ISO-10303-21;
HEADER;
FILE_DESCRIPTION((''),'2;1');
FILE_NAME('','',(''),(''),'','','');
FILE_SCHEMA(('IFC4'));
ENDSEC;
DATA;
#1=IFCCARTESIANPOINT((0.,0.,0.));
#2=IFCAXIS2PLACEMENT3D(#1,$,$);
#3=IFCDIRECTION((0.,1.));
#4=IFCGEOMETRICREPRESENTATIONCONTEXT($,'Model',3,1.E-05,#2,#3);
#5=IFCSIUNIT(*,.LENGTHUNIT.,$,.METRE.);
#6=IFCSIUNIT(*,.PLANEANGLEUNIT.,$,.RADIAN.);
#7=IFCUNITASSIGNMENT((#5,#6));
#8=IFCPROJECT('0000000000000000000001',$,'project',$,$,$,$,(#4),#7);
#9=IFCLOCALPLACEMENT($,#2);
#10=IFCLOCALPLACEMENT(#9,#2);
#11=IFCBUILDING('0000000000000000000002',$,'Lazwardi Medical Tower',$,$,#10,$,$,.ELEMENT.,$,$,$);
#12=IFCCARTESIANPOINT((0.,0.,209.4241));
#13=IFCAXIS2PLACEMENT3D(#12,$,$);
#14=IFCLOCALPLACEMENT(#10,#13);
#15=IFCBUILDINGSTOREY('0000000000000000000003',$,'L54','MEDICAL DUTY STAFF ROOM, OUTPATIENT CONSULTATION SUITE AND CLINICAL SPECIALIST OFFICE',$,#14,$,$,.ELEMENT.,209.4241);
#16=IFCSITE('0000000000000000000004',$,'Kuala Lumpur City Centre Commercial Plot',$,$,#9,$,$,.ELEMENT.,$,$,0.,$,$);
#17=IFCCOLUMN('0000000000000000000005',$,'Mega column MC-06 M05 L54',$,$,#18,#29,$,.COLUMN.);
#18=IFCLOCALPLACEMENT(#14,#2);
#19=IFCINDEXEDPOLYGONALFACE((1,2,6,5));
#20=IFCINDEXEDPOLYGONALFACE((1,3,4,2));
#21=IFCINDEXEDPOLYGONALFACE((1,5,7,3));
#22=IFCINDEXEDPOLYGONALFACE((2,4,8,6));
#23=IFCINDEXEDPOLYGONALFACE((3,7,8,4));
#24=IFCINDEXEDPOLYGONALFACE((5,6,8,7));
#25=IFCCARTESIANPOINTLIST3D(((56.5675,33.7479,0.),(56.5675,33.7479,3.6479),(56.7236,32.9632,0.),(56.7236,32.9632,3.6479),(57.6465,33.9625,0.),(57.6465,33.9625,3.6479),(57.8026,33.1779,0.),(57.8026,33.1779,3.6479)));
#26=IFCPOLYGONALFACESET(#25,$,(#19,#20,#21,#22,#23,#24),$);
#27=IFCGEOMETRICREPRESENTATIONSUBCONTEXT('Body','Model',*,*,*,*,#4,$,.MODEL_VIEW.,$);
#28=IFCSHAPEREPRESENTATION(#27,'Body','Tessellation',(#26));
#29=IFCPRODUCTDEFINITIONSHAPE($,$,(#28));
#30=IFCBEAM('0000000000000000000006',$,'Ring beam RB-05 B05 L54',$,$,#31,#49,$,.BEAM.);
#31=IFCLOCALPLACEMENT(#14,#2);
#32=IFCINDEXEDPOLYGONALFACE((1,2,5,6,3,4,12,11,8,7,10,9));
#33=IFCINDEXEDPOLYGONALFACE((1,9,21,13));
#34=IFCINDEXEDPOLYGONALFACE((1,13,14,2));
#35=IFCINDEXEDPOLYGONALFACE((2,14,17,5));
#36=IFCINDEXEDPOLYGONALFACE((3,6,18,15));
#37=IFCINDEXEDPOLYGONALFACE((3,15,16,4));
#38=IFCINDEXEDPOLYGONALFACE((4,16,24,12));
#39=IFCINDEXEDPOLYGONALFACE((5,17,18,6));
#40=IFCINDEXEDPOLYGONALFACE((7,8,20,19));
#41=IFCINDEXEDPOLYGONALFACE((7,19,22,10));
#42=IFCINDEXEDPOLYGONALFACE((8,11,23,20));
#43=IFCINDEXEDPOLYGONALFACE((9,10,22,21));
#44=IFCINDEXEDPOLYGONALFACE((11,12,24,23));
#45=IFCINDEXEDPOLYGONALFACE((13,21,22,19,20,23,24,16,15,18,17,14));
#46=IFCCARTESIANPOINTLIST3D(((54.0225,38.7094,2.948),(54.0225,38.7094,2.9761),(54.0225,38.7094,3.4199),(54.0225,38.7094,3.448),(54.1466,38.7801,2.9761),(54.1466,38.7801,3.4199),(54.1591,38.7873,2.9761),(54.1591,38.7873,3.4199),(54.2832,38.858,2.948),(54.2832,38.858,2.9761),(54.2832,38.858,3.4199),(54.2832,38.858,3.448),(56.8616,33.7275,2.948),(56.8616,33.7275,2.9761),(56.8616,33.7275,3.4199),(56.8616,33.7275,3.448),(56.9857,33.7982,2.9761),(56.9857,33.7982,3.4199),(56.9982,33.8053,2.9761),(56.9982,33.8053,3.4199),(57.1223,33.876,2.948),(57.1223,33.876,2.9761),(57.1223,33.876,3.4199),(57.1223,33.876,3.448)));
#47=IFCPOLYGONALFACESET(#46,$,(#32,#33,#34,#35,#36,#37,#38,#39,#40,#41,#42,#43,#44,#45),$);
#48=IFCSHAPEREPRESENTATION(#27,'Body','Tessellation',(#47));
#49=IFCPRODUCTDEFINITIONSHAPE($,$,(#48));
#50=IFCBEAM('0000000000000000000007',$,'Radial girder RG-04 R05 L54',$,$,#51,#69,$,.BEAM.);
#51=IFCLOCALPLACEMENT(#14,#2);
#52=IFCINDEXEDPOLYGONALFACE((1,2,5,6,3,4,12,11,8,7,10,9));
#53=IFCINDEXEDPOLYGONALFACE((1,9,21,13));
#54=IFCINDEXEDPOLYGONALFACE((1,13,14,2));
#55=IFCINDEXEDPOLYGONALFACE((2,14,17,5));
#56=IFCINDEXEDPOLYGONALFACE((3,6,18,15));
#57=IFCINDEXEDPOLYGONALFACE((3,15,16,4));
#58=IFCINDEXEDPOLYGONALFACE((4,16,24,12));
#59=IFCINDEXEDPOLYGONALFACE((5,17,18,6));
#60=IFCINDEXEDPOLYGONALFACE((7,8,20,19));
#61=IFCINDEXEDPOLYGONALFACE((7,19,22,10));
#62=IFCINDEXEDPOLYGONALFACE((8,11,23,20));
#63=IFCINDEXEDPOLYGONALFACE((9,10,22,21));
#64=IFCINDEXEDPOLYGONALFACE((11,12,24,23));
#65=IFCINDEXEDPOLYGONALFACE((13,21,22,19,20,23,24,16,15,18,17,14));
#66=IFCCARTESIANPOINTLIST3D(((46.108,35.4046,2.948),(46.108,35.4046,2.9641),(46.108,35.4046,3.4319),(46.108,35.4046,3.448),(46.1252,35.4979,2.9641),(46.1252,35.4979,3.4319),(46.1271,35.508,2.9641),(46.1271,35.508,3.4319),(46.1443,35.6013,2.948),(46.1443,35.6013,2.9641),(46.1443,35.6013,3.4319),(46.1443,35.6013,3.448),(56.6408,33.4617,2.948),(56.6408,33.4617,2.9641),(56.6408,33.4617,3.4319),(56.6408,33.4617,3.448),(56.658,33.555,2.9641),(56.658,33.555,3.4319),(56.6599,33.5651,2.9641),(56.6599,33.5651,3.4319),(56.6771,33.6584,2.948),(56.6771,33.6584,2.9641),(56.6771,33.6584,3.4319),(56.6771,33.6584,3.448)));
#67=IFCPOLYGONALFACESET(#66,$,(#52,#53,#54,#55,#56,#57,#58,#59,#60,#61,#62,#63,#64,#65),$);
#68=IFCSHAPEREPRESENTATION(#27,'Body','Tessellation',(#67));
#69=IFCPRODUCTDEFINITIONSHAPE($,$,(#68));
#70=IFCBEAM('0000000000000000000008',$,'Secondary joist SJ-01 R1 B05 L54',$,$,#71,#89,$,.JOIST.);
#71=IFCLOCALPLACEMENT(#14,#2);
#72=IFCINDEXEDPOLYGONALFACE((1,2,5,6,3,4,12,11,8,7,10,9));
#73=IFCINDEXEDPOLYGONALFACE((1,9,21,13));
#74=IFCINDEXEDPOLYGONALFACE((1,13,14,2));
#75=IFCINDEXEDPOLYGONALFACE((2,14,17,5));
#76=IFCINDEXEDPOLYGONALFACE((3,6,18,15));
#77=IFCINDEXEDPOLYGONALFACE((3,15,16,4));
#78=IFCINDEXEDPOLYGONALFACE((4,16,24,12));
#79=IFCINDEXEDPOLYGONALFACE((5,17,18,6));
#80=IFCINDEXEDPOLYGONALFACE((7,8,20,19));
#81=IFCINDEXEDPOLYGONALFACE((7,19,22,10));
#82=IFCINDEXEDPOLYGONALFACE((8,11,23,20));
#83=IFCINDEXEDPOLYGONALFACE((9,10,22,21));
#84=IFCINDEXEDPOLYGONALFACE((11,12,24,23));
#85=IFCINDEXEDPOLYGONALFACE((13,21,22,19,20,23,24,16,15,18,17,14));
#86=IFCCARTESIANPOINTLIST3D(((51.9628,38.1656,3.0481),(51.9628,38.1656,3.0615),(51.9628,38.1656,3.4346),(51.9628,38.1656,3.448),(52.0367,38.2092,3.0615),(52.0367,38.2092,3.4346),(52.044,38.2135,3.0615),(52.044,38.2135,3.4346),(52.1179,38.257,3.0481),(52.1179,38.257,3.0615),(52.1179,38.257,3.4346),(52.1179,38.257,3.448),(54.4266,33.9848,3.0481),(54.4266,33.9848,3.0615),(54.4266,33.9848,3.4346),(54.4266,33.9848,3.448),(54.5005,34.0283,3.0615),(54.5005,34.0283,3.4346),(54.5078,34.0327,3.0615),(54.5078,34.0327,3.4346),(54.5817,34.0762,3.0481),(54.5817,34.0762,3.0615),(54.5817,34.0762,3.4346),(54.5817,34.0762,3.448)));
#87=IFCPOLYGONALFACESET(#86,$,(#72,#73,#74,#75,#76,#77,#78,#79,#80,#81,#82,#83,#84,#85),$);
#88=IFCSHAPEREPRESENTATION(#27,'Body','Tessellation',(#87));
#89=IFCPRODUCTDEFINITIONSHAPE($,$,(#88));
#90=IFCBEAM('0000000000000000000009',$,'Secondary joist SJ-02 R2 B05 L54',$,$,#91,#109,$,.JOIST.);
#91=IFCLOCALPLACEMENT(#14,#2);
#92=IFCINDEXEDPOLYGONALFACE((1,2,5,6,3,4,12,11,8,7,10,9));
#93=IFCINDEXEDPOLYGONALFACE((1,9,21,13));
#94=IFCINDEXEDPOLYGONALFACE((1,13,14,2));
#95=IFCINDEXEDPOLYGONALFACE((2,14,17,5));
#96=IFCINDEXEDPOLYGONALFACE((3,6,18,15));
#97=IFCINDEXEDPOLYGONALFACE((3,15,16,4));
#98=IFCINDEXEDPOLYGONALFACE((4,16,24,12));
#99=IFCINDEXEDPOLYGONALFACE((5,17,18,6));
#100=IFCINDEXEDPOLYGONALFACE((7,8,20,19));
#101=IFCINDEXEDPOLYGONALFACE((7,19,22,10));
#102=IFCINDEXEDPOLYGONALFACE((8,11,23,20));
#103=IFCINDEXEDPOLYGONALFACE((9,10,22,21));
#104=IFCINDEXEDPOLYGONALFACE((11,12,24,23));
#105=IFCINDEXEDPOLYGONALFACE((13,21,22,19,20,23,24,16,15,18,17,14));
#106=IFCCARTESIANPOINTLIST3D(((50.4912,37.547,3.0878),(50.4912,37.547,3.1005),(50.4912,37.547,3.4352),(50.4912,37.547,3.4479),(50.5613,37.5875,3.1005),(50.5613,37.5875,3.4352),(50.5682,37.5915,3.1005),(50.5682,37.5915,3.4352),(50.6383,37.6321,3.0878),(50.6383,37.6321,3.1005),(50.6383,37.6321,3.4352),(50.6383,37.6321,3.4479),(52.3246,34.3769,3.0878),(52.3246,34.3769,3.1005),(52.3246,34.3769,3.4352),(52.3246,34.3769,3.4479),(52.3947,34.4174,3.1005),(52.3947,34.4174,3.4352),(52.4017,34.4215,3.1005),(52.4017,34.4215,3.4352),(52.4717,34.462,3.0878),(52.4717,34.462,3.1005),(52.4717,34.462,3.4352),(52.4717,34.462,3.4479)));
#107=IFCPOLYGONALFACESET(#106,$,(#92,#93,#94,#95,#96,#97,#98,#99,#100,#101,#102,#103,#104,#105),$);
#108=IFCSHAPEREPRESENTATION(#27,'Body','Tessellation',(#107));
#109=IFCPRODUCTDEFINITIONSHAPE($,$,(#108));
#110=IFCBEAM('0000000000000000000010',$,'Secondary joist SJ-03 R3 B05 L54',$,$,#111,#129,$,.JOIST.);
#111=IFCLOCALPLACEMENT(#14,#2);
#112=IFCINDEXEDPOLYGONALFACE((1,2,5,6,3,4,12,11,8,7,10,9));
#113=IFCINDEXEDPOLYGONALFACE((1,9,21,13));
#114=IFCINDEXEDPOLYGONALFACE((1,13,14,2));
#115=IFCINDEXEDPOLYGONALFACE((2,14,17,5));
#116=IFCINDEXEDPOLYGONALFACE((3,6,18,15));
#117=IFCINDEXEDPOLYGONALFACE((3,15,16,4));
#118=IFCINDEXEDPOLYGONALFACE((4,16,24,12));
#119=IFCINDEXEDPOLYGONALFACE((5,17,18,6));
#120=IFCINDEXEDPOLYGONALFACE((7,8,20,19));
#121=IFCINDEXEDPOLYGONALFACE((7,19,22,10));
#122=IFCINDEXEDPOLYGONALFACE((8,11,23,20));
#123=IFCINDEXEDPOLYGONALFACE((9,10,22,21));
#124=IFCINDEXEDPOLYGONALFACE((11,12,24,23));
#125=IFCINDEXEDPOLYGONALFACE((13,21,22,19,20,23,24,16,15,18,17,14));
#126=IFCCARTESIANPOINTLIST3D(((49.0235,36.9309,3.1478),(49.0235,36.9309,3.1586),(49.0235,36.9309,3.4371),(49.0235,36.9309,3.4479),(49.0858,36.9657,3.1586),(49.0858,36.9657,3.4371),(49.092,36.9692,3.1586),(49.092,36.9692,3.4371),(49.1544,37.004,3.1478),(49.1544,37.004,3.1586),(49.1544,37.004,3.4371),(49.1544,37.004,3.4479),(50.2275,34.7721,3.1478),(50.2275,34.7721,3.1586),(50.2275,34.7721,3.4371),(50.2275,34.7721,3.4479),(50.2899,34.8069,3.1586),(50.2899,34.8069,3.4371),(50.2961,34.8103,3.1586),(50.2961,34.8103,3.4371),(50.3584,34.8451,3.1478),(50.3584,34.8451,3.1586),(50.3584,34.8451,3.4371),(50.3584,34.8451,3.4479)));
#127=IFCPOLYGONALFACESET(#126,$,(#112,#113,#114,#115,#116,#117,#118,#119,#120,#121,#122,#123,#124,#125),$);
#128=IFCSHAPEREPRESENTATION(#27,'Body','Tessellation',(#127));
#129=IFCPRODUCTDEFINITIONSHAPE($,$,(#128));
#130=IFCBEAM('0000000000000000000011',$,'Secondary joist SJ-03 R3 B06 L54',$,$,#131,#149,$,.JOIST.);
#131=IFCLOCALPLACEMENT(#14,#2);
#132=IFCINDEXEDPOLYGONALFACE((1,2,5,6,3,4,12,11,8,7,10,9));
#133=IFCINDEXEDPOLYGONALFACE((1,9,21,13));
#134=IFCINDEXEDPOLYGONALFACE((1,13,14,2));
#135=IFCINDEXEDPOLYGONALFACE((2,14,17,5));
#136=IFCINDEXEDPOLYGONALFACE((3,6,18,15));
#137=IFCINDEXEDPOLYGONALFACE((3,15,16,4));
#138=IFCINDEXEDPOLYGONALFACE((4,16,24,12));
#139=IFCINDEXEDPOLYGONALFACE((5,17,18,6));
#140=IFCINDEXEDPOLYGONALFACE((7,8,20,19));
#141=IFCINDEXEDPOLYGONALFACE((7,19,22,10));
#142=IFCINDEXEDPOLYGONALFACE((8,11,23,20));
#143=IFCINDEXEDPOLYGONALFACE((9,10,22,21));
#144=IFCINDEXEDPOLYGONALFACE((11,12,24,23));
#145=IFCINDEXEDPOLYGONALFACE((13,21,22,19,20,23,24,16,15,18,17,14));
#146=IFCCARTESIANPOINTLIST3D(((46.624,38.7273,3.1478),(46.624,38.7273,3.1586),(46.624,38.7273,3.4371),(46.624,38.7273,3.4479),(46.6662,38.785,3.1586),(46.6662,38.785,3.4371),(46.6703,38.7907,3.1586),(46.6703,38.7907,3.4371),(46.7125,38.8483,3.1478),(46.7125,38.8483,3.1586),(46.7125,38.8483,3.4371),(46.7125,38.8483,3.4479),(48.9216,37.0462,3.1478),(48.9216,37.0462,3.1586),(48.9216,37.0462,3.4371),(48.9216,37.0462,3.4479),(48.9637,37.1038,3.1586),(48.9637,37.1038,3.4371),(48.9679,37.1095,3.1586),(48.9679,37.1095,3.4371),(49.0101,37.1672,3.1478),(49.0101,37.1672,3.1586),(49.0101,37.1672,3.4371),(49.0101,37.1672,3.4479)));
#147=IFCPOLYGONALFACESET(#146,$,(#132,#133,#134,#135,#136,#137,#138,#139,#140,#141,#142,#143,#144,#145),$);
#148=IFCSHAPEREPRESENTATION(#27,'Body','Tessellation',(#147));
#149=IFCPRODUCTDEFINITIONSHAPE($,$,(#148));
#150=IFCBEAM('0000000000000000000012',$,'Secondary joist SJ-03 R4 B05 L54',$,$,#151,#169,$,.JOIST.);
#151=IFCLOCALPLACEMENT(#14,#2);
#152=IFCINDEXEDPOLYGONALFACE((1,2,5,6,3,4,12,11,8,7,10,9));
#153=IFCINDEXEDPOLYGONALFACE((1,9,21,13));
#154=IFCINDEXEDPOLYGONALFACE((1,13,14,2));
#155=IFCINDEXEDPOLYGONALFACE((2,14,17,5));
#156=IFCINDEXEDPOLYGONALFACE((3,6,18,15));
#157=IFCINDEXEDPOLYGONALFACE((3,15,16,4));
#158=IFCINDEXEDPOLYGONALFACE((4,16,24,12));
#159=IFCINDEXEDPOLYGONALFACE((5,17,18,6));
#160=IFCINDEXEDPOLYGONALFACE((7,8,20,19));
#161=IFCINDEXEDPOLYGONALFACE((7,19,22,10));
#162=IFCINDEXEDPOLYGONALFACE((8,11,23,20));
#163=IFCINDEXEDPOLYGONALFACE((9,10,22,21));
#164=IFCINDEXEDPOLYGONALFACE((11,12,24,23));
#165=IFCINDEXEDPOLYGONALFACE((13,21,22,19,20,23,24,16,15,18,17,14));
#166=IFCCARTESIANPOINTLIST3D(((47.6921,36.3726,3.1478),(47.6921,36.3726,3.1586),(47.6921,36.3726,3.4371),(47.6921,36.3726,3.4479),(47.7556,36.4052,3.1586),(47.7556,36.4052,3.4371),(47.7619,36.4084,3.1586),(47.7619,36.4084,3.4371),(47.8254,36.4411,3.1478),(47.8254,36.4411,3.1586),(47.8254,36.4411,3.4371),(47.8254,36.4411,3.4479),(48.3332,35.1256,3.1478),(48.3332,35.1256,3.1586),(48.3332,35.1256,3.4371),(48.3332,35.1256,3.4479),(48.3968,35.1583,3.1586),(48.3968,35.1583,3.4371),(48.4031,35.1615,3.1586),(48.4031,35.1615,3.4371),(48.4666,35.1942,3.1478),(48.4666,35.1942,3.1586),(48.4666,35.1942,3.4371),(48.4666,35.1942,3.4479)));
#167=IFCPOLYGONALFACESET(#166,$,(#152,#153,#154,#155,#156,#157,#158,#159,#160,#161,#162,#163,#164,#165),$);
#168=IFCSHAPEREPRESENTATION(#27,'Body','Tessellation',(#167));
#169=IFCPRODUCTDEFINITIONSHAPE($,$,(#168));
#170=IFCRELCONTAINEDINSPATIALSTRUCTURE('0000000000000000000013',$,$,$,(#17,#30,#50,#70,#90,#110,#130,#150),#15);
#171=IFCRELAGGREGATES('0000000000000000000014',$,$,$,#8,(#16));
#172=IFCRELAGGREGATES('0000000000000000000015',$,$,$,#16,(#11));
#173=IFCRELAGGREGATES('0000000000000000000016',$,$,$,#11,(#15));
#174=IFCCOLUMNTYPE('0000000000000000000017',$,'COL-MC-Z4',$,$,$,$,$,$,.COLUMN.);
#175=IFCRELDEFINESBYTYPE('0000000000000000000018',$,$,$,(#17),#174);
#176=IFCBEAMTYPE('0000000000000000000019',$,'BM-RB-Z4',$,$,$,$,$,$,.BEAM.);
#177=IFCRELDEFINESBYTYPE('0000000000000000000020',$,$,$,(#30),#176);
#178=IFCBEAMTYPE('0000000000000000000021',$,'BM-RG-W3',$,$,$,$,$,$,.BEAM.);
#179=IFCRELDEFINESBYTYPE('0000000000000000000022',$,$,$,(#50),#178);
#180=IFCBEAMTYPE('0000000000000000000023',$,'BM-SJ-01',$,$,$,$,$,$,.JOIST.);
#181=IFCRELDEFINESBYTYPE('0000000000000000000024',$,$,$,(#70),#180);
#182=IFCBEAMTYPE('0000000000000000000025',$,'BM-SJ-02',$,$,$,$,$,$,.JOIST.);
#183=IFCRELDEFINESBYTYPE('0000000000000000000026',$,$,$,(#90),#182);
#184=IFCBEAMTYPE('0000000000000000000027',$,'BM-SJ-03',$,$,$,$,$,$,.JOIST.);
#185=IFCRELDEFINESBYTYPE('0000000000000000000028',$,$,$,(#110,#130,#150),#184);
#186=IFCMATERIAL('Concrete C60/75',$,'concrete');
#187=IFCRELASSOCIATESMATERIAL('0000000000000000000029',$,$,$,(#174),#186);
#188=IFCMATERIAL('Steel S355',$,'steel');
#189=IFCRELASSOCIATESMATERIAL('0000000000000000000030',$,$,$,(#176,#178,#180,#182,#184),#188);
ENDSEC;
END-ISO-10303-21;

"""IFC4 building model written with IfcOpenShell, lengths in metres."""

from ifc_helpers import new_model, si_unit, direction, frame, origin, origin_2d, place, context, subcontext, project, spatial, rectangle, i_section, extrude, material, material_profile, profile_set, type_object, element, save


model = new_model("IFC4")

# Units and contexts
model_context = context("Model", 3, precision=1e-05, world=origin(), true_north=direction((0.0, 1.0)))
body_context = subcontext(model_context, "Body", "Model", "MODEL_VIEW")
ifc_project = project(units=[si_unit("LENGTHUNIT", "METRE"), si_unit("PLANEANGLEUNIT", "RADIAN")], contexts=[model_context])

# Site, building, storey
site_placement = place(None, origin())
site = spatial("IfcSite", under=ifc_project, at=site_placement, Name="Kuala Lumpur City Centre Commercial Plot", CompositionType="ELEMENT", RefElevation=0.0)
building_placement = place(site_placement, origin())
building = spatial("IfcBuilding", under=site, at=building_placement, Name="Lazwardi Medical Tower", CompositionType="ELEMENT")
storey_placement = place(building_placement, frame((0.0, 0.0, 209.4241)))
storey = spatial("IfcBuildingStorey", under=building, at=storey_placement, Name="L54", Description="MEDICAL DUTY STAFF ROOM, OUTPATIENT CONSULTATION SUITE AND CLINICAL SPECIALIST OFFICE", CompositionType="ELEMENT", Elevation=209.4241)

# Column
ifc_material_1 = material(Name="Concrete C60/75", Category="concrete")
ifc_material_profile_1 = material_profile(ifc_material_1, rectangle(XDim=1.1001, YDim=0.8, at=origin_2d()), Name="CFT-RECT 1100x800")
ifc_profile_set_1 = profile_set([ifc_material_profile_1], Name="Concrete C60/75")
column_type = type_object("IfcColumnType", Name="COL-MC-Z4", PredefinedType="COLUMN", material=ifc_profile_set_1)
column_placement = place(storey_placement, frame((57.1851, 33.4629, 0.0), z_axis=(0.0, 0.0, 1.0), x_axis=(0.980785, 0.19509, 0.0)))
element("IfcColumn", 1, at=column_placement, inside=storey, type_object=column_type, Name="Mega column MC-06 M05 L54", PredefinedType="COLUMN", context=body_context, shape_type="SweptSolid", body=[
    extrude(rectangle(XDim=1.1001, YDim=0.8, at=origin_2d()), origin(), (0.0, 0.0, 1.0), 3.6479),
])

# Beams
ifc_material_2 = material(Name="Steel S355", Category="steel")
ifc_material_profile_2 = material_profile(ifc_material_2, i_section(OverallWidth=0.3, OverallDepth=0.5, WebThickness=0.0144, FlangeThickness=0.0281, at=origin_2d()), Name="HEB 500")
ifc_profile_set_2 = profile_set([ifc_material_profile_2], Name="Steel S355")
beam_type_1 = type_object("IfcBeamType", Name="BM-RB-Z4", PredefinedType="BEAM", material=ifc_profile_set_2)
beam_1_placement = place(storey_placement, frame((56.9919, 33.8018, 3.198), z_axis=(-0.495125, 0.868822, 0.0), x_axis=(-0.868822, -0.495125, 0.0)))
element("IfcBeam", 2, at=beam_1_placement, inside=storey, type_object=beam_type_1, Name="Ring beam RB-05 B05 L54", PredefinedType="BEAM", context=body_context, shape_type="SweptSolid", body=[
    extrude(i_section(OverallWidth=0.3, OverallDepth=0.5, WebThickness=0.0144, FlangeThickness=0.0281, at=origin_2d()), origin(), (0.0, 0.0, 1.0), 5.7341),
])
ifc_material_profile_3 = material_profile(ifc_material_2, i_section(OverallWidth=0.2, OverallDepth=0.5, WebThickness=0.0103, FlangeThickness=0.0161, at=origin_2d()), Name="IPE 500")
ifc_profile_set_3 = profile_set([ifc_material_profile_3], Name="Steel S355")
beam_type_2 = type_object("IfcBeamType", Name="BM-RG-W3", PredefinedType="BEAM", material=ifc_profile_set_3)
beam_2_placement = place(storey_placement, frame((56.6589, 33.5601, 3.198), z_axis=(-0.983409, 0.1814, 0.0), x_axis=(-0.1814, -0.983409, 0.0)))
element("IfcBeam", 3, at=beam_2_placement, inside=storey, type_object=beam_type_2, Name="Radial girder RG-04 R05 L54", PredefinedType="BEAM", context=body_context, shape_type="SweptSolid", body=[
    extrude(i_section(OverallWidth=0.2, OverallDepth=0.5, WebThickness=0.0103, FlangeThickness=0.0161, at=origin_2d()), origin(), (0.0, 0.0, 1.0), 10.7104),
])
ifc_material_profile_4 = material_profile(ifc_material_2, i_section(OverallWidth=0.1799, OverallDepth=0.3999, WebThickness=0.0085, FlangeThickness=0.0134, at=origin_2d()), Name="IPE 400")
ifc_profile_set_4 = profile_set([ifc_material_profile_4], Name="Steel S355")
beam_type_3 = type_object("IfcBeamType", Name="BM-SJ-01", PredefinedType="JOIST", material=ifc_profile_set_4)
beam_3_placement = place(storey_placement, frame((54.5042, 34.0305, 3.248), z_axis=(-0.50771, 0.861528, 0.0), x_axis=(-0.861528, -0.50771, 0.0)))
element("IfcBeam", 4, at=beam_3_placement, inside=storey, type_object=beam_type_3, Name="Secondary joist SJ-01 R1 B05 L54", PredefinedType="JOIST", context=body_context, shape_type="SweptSolid", body=[
    extrude(i_section(OverallWidth=0.1799, OverallDepth=0.3999, WebThickness=0.0085, FlangeThickness=0.0134, at=origin_2d()), origin(), (0.0, 0.0, 1.0), 4.8528),
])
ifc_material_profile_5 = material_profile(ifc_material_2, i_section(OverallWidth=0.1699, OverallDepth=0.3601, WebThickness=0.0081, FlangeThickness=0.0127, at=origin_2d()), Name="IPE 360")
ifc_profile_set_5 = profile_set([ifc_material_profile_5], Name="Steel S355")
beam_type_4 = type_object("IfcBeamType", Name="BM-SJ-02", PredefinedType="JOIST", material=ifc_profile_set_5)
beam_4_placement = place(storey_placement, frame((52.3982, 34.4194, 3.2678), z_axis=(-0.500655, 0.865647, 0.0), x_axis=(-0.865647, -0.500655, 0.0)))
element("IfcBeam", 5, at=beam_4_placement, inside=storey, type_object=beam_type_4, Name="Secondary joist SJ-02 R2 B05 L54", PredefinedType="JOIST", context=body_context, shape_type="SweptSolid", body=[
    extrude(i_section(OverallWidth=0.1699, OverallDepth=0.3601, WebThickness=0.0081, FlangeThickness=0.0127, at=origin_2d()), origin(), (0.0, 0.0, 1.0), 3.6621),
])
ifc_material_profile_6 = material_profile(ifc_material_2, i_section(OverallWidth=0.1499, OverallDepth=0.3, WebThickness=0.0071, FlangeThickness=0.0107, at=origin_2d()), Name="IPE 300")
ifc_profile_set_6 = profile_set([ifc_material_profile_6], Name="Steel S355")
beam_type_5 = type_object("IfcBeamType", Name="BM-SJ-03", PredefinedType="JOIST", material=ifc_profile_set_6)
beam_5_placement = place(storey_placement, frame((50.293, 34.8086, 3.2979), z_axis=(-0.487093, 0.87335, 0.0), x_axis=(-0.87335, -0.487093, 0.0)))
element("IfcBeam", 6, at=beam_5_placement, inside=storey, type_object=beam_type_5, Name="Secondary joist SJ-03 R3 B05 L54", PredefinedType="JOIST", context=body_context, shape_type="SweptSolid", body=[
    extrude(i_section(OverallWidth=0.1499, OverallDepth=0.3, WebThickness=0.0071, FlangeThickness=0.0107, at=origin_2d()), origin(), (0.0, 0.0, 1.0), 2.4719),
])
beam_6_placement = place(storey_placement, frame((48.9658, 37.1067, 3.2979), z_axis=(-0.807034, 0.590505, 0.0), x_axis=(-0.590505, -0.807034, 0.0)))
element("IfcBeam", 7, at=beam_6_placement, inside=storey, type_object=beam_type_5, Name="Secondary joist SJ-03 R3 B06 L54", PredefinedType="JOIST", context=body_context, shape_type="SweptSolid", body=[
    extrude(i_section(OverallWidth=0.1499, OverallDepth=0.3, WebThickness=0.0071, FlangeThickness=0.0107, at=origin_2d()), origin(), (0.0, 0.0, 1.0), 2.8469),
])
beam_7_placement = place(storey_placement, frame((48.3999, 35.1599, 3.2979), z_axis=(-0.457285, 0.88932, 0.0), x_axis=(-0.88932, -0.457285, 0.0)))
element("IfcBeam", 8, at=beam_7_placement, inside=storey, type_object=beam_type_5, Name="Secondary joist SJ-03 R4 B05 L54", PredefinedType="JOIST", context=body_context, shape_type="SweptSolid", body=[
    extrude(i_section(OverallWidth=0.1499, OverallDepth=0.3, WebThickness=0.0071, FlangeThickness=0.0107, at=origin_2d()), origin(), (0.0, 0.0, 1.0), 1.4021),
])

save(model, "model.ifc")
